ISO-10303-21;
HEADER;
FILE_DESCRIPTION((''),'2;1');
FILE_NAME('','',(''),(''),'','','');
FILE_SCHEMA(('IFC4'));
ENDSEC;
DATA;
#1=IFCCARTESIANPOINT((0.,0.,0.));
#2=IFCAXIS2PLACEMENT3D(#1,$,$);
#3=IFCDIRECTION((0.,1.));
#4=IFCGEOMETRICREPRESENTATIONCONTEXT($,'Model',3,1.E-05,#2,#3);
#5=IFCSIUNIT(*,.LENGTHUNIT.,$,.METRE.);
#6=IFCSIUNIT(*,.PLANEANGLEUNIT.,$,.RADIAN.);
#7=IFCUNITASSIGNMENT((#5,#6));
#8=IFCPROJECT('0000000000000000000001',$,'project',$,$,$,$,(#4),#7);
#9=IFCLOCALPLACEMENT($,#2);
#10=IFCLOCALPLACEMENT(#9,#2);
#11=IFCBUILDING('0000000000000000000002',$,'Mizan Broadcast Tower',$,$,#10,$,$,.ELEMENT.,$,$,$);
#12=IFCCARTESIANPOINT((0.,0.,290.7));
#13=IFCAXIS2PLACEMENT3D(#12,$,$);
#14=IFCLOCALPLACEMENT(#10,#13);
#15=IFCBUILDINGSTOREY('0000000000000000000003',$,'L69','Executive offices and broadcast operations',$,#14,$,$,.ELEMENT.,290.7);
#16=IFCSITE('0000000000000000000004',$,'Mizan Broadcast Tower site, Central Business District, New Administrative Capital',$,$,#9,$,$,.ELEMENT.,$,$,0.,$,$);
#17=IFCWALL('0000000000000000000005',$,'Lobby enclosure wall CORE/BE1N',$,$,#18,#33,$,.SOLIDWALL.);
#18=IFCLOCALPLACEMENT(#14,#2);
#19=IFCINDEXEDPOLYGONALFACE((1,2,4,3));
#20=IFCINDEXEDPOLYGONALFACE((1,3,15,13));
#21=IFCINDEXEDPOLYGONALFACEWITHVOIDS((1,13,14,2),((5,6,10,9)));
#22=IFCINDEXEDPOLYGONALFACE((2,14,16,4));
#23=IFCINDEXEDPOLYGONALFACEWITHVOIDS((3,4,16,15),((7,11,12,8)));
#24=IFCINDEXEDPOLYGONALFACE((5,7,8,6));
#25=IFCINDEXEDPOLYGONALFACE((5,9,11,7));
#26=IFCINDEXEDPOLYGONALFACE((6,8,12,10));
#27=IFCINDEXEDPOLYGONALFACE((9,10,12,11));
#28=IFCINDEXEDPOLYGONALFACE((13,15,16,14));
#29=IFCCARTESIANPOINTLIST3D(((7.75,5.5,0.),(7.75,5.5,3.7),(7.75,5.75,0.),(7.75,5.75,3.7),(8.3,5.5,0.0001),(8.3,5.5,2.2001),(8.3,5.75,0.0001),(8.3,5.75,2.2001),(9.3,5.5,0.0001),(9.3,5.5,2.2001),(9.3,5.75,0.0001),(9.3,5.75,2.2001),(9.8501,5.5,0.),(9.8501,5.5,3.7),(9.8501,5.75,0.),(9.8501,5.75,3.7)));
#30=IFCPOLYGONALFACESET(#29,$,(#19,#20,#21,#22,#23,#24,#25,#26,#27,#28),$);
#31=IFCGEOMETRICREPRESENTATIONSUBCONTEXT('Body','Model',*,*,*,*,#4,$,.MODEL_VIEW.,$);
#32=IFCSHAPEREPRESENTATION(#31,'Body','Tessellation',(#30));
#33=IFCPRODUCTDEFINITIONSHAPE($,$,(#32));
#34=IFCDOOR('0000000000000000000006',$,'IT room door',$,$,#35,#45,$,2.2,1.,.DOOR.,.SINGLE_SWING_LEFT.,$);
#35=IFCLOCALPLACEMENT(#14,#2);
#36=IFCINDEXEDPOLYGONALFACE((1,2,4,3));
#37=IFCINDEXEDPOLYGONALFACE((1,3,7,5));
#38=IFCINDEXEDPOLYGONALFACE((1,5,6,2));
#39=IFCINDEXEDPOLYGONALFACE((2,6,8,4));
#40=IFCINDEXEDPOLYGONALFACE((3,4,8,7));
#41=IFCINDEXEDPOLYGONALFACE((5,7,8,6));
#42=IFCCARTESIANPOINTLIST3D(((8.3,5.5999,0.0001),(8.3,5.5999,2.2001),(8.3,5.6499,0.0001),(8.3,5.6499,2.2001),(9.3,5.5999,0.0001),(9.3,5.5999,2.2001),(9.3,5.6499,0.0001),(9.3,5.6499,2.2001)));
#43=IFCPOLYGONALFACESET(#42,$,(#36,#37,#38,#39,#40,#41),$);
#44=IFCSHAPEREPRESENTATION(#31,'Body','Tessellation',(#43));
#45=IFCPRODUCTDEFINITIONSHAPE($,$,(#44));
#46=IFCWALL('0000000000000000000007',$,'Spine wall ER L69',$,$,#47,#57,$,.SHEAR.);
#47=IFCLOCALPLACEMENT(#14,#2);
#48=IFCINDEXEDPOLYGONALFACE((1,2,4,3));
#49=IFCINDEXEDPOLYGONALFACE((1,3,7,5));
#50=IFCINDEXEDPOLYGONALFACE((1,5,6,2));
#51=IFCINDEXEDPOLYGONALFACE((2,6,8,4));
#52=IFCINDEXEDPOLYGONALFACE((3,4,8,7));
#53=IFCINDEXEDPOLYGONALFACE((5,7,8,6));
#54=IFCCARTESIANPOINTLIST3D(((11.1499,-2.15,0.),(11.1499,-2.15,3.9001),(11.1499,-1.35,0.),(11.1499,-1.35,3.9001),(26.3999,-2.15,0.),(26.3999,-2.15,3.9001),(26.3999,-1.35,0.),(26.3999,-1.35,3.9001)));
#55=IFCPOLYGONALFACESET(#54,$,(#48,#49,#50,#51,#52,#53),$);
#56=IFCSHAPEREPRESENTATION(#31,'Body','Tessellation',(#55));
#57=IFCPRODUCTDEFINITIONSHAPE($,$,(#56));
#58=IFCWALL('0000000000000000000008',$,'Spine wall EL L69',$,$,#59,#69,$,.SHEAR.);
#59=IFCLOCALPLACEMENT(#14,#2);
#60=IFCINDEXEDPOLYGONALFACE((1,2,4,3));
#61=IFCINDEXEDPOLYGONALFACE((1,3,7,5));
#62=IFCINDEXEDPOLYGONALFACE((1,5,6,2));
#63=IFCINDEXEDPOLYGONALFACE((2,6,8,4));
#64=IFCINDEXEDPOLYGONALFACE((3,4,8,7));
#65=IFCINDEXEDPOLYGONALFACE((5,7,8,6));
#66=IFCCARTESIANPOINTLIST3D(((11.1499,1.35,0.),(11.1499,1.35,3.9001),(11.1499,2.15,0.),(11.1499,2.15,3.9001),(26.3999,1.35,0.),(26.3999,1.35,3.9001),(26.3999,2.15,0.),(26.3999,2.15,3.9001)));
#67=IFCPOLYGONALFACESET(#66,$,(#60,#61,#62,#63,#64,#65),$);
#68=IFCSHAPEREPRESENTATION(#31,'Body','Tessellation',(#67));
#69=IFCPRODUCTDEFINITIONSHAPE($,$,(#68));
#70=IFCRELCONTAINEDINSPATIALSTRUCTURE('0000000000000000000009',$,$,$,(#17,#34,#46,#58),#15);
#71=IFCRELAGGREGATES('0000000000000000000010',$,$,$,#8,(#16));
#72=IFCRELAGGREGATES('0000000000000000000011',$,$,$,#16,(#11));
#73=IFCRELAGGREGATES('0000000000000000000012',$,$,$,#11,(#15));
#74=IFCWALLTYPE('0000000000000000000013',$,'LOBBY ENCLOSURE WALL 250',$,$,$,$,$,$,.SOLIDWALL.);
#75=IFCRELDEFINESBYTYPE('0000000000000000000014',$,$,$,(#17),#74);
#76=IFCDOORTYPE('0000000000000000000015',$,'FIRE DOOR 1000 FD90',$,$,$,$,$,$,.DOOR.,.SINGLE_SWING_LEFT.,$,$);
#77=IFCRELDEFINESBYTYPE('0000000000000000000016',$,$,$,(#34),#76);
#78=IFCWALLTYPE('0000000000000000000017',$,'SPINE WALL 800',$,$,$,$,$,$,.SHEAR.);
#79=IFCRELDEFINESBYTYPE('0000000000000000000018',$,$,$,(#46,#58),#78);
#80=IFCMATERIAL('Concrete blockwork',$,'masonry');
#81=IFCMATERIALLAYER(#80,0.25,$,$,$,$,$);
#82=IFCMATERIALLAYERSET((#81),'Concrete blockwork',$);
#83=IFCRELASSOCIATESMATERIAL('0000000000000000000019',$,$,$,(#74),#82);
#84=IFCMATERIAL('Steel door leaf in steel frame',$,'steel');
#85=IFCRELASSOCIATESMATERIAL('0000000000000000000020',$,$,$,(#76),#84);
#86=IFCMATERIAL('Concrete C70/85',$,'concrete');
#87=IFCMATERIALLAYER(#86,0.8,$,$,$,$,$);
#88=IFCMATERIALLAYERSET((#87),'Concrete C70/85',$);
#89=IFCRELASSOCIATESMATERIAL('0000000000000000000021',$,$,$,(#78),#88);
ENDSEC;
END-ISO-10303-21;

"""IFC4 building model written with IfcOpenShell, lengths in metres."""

from ifc_helpers import new_model, si_unit, direction, frame, frame_2d, origin, place, context, subcontext, project, spatial, rectangle, extrude, material, layer, layer_set, type_object, element, fill, save


model = new_model("IFC4")

# Units and contexts
model_context = context("Model", 3, precision=1e-05, world=origin(), true_north=direction((0.0, 1.0)))
body_context = subcontext(model_context, "Body", "Model", "MODEL_VIEW")
ifc_project = project(units=[si_unit("LENGTHUNIT", "METRE"), si_unit("PLANEANGLEUNIT", "RADIAN")], contexts=[model_context])

# Site, building, storey
site_placement = place(None, origin())
site = spatial("IfcSite", under=ifc_project, at=site_placement, Name="Mizan Broadcast Tower site, Central Business District, New Administrative Capital", CompositionType="ELEMENT", RefElevation=0.0)
building_placement = place(site_placement, origin())
building = spatial("IfcBuilding", under=site, at=building_placement, Name="Mizan Broadcast Tower", CompositionType="ELEMENT")
storey_placement = place(building_placement, frame((0.0, 0.0, 290.7)))
storey = spatial("IfcBuildingStorey", under=building, at=storey_placement, Name="L69", Description="Executive offices and broadcast operations", CompositionType="ELEMENT", Elevation=290.7)

# Wall, opening, door
ifc_material_1 = material(Name="Concrete blockwork", Category="masonry")
ifc_layer_1 = layer(ifc_material_1, 0.25)
ifc_layer_set_1 = layer_set([ifc_layer_1], Name="Concrete blockwork")
wall_type_1 = type_object("IfcWallType", Name="LOBBY ENCLOSURE WALL 250", PredefinedType="SOLIDWALL", material=ifc_layer_set_1)
wall_1_placement = place(storey_placement, frame((7.75, 5.625, 0.0), z_axis=(0.0, 0.0, 1.0), x_axis=(1.0, 0.0, 0.0)))
wall_1 = element("IfcWall", 1, at=wall_1_placement, inside=storey, type_object=wall_type_1, Name="Lobby enclosure wall CORE/BE1N", PredefinedType="SOLIDWALL", context=body_context, shape_type="SweptSolid", body=[
    extrude(rectangle(XDim=2.1001, YDim=0.25, at=frame_2d((1.05, 0.0))), origin(), (0.0, 0.0, 1.0), 3.7),
])
opening_1_placement = place(wall_1_placement, frame((0.55, 0.0, 0.0)))
opening_1 = element("IfcOpeningElement", 2, at=opening_1_placement, cuts=wall_1, PredefinedType="OPENING", context=body_context, shape_type="SweptSolid", body=[
    extrude(rectangle(XDim=1.0, YDim=2.2, at=frame_2d((0.5, 1.1001))), frame((0.0, 0.135, 0.0), z_axis=(0.0, -1.0, 0.0), x_axis=(1.0, 0.0, 0.0)), (0.0, 0.0, 1.0), 0.27),
])
ifc_material_2 = material(Name="Steel door leaf in steel frame", Category="steel")
door_type_1 = type_object("IfcDoorType", Name="FIRE DOOR 1000 FD90", OperationType="SINGLE_SWING_LEFT", PredefinedType="DOOR", material=ifc_material_2)
door_1_placement = place(opening_1_placement, origin())
door_1 = element("IfcDoor", 3, at=door_1_placement, inside=storey, type_object=door_type_1, Name="IT room door", OperationType="SINGLE_SWING_LEFT", OverallHeight=2.2, OverallWidth=1.0, PredefinedType="DOOR", context=body_context, shape_type="SweptSolid", body=[
    extrude(rectangle(XDim=1.0, YDim=2.2, at=frame_2d((0.5, 1.1001))), frame((0.0, 0.0249, 0.0), z_axis=(0.0, -1.0, 0.0), x_axis=(1.0, 0.0, 0.0)), (0.0, 0.0, 1.0), 0.05),
])
fill(opening_1, door_1)

# Walls
ifc_material_3 = material(Name="Concrete C70/85", Category="concrete")
ifc_layer_2 = layer(ifc_material_3, 0.8)
ifc_layer_set_2 = layer_set([ifc_layer_2], Name="Concrete C70/85")
wall_type_2 = type_object("IfcWallType", Name="SPINE WALL 800", PredefinedType="SHEAR", material=ifc_layer_set_2)
for number, where, z_axis, x_axis, name in (
    (4, (11.1499, -1.75, 0.0), (0.0, 0.0, 1.0), (1.0, 0.0, 0.0), "Spine wall ER L69"),
    (5, (11.1499, 1.75, 0.0), (0.0, 0.0, 1.0), (1.0, 0.0, 0.0), "Spine wall EL L69"),
):
    element("IfcWall", number, at=place(storey_placement, frame(where, z_axis=z_axis, x_axis=x_axis)), inside=storey, type_object=wall_type_2, Name=name, PredefinedType="SHEAR", context=body_context, shape_type="SweptSolid", body=[
        extrude(rectangle(XDim=15.25, YDim=0.8, at=frame_2d((7.625, 0.0))), origin(), (0.0, 0.0, 1.0), 3.9001),
    ])

save(model, "model.ifc")
